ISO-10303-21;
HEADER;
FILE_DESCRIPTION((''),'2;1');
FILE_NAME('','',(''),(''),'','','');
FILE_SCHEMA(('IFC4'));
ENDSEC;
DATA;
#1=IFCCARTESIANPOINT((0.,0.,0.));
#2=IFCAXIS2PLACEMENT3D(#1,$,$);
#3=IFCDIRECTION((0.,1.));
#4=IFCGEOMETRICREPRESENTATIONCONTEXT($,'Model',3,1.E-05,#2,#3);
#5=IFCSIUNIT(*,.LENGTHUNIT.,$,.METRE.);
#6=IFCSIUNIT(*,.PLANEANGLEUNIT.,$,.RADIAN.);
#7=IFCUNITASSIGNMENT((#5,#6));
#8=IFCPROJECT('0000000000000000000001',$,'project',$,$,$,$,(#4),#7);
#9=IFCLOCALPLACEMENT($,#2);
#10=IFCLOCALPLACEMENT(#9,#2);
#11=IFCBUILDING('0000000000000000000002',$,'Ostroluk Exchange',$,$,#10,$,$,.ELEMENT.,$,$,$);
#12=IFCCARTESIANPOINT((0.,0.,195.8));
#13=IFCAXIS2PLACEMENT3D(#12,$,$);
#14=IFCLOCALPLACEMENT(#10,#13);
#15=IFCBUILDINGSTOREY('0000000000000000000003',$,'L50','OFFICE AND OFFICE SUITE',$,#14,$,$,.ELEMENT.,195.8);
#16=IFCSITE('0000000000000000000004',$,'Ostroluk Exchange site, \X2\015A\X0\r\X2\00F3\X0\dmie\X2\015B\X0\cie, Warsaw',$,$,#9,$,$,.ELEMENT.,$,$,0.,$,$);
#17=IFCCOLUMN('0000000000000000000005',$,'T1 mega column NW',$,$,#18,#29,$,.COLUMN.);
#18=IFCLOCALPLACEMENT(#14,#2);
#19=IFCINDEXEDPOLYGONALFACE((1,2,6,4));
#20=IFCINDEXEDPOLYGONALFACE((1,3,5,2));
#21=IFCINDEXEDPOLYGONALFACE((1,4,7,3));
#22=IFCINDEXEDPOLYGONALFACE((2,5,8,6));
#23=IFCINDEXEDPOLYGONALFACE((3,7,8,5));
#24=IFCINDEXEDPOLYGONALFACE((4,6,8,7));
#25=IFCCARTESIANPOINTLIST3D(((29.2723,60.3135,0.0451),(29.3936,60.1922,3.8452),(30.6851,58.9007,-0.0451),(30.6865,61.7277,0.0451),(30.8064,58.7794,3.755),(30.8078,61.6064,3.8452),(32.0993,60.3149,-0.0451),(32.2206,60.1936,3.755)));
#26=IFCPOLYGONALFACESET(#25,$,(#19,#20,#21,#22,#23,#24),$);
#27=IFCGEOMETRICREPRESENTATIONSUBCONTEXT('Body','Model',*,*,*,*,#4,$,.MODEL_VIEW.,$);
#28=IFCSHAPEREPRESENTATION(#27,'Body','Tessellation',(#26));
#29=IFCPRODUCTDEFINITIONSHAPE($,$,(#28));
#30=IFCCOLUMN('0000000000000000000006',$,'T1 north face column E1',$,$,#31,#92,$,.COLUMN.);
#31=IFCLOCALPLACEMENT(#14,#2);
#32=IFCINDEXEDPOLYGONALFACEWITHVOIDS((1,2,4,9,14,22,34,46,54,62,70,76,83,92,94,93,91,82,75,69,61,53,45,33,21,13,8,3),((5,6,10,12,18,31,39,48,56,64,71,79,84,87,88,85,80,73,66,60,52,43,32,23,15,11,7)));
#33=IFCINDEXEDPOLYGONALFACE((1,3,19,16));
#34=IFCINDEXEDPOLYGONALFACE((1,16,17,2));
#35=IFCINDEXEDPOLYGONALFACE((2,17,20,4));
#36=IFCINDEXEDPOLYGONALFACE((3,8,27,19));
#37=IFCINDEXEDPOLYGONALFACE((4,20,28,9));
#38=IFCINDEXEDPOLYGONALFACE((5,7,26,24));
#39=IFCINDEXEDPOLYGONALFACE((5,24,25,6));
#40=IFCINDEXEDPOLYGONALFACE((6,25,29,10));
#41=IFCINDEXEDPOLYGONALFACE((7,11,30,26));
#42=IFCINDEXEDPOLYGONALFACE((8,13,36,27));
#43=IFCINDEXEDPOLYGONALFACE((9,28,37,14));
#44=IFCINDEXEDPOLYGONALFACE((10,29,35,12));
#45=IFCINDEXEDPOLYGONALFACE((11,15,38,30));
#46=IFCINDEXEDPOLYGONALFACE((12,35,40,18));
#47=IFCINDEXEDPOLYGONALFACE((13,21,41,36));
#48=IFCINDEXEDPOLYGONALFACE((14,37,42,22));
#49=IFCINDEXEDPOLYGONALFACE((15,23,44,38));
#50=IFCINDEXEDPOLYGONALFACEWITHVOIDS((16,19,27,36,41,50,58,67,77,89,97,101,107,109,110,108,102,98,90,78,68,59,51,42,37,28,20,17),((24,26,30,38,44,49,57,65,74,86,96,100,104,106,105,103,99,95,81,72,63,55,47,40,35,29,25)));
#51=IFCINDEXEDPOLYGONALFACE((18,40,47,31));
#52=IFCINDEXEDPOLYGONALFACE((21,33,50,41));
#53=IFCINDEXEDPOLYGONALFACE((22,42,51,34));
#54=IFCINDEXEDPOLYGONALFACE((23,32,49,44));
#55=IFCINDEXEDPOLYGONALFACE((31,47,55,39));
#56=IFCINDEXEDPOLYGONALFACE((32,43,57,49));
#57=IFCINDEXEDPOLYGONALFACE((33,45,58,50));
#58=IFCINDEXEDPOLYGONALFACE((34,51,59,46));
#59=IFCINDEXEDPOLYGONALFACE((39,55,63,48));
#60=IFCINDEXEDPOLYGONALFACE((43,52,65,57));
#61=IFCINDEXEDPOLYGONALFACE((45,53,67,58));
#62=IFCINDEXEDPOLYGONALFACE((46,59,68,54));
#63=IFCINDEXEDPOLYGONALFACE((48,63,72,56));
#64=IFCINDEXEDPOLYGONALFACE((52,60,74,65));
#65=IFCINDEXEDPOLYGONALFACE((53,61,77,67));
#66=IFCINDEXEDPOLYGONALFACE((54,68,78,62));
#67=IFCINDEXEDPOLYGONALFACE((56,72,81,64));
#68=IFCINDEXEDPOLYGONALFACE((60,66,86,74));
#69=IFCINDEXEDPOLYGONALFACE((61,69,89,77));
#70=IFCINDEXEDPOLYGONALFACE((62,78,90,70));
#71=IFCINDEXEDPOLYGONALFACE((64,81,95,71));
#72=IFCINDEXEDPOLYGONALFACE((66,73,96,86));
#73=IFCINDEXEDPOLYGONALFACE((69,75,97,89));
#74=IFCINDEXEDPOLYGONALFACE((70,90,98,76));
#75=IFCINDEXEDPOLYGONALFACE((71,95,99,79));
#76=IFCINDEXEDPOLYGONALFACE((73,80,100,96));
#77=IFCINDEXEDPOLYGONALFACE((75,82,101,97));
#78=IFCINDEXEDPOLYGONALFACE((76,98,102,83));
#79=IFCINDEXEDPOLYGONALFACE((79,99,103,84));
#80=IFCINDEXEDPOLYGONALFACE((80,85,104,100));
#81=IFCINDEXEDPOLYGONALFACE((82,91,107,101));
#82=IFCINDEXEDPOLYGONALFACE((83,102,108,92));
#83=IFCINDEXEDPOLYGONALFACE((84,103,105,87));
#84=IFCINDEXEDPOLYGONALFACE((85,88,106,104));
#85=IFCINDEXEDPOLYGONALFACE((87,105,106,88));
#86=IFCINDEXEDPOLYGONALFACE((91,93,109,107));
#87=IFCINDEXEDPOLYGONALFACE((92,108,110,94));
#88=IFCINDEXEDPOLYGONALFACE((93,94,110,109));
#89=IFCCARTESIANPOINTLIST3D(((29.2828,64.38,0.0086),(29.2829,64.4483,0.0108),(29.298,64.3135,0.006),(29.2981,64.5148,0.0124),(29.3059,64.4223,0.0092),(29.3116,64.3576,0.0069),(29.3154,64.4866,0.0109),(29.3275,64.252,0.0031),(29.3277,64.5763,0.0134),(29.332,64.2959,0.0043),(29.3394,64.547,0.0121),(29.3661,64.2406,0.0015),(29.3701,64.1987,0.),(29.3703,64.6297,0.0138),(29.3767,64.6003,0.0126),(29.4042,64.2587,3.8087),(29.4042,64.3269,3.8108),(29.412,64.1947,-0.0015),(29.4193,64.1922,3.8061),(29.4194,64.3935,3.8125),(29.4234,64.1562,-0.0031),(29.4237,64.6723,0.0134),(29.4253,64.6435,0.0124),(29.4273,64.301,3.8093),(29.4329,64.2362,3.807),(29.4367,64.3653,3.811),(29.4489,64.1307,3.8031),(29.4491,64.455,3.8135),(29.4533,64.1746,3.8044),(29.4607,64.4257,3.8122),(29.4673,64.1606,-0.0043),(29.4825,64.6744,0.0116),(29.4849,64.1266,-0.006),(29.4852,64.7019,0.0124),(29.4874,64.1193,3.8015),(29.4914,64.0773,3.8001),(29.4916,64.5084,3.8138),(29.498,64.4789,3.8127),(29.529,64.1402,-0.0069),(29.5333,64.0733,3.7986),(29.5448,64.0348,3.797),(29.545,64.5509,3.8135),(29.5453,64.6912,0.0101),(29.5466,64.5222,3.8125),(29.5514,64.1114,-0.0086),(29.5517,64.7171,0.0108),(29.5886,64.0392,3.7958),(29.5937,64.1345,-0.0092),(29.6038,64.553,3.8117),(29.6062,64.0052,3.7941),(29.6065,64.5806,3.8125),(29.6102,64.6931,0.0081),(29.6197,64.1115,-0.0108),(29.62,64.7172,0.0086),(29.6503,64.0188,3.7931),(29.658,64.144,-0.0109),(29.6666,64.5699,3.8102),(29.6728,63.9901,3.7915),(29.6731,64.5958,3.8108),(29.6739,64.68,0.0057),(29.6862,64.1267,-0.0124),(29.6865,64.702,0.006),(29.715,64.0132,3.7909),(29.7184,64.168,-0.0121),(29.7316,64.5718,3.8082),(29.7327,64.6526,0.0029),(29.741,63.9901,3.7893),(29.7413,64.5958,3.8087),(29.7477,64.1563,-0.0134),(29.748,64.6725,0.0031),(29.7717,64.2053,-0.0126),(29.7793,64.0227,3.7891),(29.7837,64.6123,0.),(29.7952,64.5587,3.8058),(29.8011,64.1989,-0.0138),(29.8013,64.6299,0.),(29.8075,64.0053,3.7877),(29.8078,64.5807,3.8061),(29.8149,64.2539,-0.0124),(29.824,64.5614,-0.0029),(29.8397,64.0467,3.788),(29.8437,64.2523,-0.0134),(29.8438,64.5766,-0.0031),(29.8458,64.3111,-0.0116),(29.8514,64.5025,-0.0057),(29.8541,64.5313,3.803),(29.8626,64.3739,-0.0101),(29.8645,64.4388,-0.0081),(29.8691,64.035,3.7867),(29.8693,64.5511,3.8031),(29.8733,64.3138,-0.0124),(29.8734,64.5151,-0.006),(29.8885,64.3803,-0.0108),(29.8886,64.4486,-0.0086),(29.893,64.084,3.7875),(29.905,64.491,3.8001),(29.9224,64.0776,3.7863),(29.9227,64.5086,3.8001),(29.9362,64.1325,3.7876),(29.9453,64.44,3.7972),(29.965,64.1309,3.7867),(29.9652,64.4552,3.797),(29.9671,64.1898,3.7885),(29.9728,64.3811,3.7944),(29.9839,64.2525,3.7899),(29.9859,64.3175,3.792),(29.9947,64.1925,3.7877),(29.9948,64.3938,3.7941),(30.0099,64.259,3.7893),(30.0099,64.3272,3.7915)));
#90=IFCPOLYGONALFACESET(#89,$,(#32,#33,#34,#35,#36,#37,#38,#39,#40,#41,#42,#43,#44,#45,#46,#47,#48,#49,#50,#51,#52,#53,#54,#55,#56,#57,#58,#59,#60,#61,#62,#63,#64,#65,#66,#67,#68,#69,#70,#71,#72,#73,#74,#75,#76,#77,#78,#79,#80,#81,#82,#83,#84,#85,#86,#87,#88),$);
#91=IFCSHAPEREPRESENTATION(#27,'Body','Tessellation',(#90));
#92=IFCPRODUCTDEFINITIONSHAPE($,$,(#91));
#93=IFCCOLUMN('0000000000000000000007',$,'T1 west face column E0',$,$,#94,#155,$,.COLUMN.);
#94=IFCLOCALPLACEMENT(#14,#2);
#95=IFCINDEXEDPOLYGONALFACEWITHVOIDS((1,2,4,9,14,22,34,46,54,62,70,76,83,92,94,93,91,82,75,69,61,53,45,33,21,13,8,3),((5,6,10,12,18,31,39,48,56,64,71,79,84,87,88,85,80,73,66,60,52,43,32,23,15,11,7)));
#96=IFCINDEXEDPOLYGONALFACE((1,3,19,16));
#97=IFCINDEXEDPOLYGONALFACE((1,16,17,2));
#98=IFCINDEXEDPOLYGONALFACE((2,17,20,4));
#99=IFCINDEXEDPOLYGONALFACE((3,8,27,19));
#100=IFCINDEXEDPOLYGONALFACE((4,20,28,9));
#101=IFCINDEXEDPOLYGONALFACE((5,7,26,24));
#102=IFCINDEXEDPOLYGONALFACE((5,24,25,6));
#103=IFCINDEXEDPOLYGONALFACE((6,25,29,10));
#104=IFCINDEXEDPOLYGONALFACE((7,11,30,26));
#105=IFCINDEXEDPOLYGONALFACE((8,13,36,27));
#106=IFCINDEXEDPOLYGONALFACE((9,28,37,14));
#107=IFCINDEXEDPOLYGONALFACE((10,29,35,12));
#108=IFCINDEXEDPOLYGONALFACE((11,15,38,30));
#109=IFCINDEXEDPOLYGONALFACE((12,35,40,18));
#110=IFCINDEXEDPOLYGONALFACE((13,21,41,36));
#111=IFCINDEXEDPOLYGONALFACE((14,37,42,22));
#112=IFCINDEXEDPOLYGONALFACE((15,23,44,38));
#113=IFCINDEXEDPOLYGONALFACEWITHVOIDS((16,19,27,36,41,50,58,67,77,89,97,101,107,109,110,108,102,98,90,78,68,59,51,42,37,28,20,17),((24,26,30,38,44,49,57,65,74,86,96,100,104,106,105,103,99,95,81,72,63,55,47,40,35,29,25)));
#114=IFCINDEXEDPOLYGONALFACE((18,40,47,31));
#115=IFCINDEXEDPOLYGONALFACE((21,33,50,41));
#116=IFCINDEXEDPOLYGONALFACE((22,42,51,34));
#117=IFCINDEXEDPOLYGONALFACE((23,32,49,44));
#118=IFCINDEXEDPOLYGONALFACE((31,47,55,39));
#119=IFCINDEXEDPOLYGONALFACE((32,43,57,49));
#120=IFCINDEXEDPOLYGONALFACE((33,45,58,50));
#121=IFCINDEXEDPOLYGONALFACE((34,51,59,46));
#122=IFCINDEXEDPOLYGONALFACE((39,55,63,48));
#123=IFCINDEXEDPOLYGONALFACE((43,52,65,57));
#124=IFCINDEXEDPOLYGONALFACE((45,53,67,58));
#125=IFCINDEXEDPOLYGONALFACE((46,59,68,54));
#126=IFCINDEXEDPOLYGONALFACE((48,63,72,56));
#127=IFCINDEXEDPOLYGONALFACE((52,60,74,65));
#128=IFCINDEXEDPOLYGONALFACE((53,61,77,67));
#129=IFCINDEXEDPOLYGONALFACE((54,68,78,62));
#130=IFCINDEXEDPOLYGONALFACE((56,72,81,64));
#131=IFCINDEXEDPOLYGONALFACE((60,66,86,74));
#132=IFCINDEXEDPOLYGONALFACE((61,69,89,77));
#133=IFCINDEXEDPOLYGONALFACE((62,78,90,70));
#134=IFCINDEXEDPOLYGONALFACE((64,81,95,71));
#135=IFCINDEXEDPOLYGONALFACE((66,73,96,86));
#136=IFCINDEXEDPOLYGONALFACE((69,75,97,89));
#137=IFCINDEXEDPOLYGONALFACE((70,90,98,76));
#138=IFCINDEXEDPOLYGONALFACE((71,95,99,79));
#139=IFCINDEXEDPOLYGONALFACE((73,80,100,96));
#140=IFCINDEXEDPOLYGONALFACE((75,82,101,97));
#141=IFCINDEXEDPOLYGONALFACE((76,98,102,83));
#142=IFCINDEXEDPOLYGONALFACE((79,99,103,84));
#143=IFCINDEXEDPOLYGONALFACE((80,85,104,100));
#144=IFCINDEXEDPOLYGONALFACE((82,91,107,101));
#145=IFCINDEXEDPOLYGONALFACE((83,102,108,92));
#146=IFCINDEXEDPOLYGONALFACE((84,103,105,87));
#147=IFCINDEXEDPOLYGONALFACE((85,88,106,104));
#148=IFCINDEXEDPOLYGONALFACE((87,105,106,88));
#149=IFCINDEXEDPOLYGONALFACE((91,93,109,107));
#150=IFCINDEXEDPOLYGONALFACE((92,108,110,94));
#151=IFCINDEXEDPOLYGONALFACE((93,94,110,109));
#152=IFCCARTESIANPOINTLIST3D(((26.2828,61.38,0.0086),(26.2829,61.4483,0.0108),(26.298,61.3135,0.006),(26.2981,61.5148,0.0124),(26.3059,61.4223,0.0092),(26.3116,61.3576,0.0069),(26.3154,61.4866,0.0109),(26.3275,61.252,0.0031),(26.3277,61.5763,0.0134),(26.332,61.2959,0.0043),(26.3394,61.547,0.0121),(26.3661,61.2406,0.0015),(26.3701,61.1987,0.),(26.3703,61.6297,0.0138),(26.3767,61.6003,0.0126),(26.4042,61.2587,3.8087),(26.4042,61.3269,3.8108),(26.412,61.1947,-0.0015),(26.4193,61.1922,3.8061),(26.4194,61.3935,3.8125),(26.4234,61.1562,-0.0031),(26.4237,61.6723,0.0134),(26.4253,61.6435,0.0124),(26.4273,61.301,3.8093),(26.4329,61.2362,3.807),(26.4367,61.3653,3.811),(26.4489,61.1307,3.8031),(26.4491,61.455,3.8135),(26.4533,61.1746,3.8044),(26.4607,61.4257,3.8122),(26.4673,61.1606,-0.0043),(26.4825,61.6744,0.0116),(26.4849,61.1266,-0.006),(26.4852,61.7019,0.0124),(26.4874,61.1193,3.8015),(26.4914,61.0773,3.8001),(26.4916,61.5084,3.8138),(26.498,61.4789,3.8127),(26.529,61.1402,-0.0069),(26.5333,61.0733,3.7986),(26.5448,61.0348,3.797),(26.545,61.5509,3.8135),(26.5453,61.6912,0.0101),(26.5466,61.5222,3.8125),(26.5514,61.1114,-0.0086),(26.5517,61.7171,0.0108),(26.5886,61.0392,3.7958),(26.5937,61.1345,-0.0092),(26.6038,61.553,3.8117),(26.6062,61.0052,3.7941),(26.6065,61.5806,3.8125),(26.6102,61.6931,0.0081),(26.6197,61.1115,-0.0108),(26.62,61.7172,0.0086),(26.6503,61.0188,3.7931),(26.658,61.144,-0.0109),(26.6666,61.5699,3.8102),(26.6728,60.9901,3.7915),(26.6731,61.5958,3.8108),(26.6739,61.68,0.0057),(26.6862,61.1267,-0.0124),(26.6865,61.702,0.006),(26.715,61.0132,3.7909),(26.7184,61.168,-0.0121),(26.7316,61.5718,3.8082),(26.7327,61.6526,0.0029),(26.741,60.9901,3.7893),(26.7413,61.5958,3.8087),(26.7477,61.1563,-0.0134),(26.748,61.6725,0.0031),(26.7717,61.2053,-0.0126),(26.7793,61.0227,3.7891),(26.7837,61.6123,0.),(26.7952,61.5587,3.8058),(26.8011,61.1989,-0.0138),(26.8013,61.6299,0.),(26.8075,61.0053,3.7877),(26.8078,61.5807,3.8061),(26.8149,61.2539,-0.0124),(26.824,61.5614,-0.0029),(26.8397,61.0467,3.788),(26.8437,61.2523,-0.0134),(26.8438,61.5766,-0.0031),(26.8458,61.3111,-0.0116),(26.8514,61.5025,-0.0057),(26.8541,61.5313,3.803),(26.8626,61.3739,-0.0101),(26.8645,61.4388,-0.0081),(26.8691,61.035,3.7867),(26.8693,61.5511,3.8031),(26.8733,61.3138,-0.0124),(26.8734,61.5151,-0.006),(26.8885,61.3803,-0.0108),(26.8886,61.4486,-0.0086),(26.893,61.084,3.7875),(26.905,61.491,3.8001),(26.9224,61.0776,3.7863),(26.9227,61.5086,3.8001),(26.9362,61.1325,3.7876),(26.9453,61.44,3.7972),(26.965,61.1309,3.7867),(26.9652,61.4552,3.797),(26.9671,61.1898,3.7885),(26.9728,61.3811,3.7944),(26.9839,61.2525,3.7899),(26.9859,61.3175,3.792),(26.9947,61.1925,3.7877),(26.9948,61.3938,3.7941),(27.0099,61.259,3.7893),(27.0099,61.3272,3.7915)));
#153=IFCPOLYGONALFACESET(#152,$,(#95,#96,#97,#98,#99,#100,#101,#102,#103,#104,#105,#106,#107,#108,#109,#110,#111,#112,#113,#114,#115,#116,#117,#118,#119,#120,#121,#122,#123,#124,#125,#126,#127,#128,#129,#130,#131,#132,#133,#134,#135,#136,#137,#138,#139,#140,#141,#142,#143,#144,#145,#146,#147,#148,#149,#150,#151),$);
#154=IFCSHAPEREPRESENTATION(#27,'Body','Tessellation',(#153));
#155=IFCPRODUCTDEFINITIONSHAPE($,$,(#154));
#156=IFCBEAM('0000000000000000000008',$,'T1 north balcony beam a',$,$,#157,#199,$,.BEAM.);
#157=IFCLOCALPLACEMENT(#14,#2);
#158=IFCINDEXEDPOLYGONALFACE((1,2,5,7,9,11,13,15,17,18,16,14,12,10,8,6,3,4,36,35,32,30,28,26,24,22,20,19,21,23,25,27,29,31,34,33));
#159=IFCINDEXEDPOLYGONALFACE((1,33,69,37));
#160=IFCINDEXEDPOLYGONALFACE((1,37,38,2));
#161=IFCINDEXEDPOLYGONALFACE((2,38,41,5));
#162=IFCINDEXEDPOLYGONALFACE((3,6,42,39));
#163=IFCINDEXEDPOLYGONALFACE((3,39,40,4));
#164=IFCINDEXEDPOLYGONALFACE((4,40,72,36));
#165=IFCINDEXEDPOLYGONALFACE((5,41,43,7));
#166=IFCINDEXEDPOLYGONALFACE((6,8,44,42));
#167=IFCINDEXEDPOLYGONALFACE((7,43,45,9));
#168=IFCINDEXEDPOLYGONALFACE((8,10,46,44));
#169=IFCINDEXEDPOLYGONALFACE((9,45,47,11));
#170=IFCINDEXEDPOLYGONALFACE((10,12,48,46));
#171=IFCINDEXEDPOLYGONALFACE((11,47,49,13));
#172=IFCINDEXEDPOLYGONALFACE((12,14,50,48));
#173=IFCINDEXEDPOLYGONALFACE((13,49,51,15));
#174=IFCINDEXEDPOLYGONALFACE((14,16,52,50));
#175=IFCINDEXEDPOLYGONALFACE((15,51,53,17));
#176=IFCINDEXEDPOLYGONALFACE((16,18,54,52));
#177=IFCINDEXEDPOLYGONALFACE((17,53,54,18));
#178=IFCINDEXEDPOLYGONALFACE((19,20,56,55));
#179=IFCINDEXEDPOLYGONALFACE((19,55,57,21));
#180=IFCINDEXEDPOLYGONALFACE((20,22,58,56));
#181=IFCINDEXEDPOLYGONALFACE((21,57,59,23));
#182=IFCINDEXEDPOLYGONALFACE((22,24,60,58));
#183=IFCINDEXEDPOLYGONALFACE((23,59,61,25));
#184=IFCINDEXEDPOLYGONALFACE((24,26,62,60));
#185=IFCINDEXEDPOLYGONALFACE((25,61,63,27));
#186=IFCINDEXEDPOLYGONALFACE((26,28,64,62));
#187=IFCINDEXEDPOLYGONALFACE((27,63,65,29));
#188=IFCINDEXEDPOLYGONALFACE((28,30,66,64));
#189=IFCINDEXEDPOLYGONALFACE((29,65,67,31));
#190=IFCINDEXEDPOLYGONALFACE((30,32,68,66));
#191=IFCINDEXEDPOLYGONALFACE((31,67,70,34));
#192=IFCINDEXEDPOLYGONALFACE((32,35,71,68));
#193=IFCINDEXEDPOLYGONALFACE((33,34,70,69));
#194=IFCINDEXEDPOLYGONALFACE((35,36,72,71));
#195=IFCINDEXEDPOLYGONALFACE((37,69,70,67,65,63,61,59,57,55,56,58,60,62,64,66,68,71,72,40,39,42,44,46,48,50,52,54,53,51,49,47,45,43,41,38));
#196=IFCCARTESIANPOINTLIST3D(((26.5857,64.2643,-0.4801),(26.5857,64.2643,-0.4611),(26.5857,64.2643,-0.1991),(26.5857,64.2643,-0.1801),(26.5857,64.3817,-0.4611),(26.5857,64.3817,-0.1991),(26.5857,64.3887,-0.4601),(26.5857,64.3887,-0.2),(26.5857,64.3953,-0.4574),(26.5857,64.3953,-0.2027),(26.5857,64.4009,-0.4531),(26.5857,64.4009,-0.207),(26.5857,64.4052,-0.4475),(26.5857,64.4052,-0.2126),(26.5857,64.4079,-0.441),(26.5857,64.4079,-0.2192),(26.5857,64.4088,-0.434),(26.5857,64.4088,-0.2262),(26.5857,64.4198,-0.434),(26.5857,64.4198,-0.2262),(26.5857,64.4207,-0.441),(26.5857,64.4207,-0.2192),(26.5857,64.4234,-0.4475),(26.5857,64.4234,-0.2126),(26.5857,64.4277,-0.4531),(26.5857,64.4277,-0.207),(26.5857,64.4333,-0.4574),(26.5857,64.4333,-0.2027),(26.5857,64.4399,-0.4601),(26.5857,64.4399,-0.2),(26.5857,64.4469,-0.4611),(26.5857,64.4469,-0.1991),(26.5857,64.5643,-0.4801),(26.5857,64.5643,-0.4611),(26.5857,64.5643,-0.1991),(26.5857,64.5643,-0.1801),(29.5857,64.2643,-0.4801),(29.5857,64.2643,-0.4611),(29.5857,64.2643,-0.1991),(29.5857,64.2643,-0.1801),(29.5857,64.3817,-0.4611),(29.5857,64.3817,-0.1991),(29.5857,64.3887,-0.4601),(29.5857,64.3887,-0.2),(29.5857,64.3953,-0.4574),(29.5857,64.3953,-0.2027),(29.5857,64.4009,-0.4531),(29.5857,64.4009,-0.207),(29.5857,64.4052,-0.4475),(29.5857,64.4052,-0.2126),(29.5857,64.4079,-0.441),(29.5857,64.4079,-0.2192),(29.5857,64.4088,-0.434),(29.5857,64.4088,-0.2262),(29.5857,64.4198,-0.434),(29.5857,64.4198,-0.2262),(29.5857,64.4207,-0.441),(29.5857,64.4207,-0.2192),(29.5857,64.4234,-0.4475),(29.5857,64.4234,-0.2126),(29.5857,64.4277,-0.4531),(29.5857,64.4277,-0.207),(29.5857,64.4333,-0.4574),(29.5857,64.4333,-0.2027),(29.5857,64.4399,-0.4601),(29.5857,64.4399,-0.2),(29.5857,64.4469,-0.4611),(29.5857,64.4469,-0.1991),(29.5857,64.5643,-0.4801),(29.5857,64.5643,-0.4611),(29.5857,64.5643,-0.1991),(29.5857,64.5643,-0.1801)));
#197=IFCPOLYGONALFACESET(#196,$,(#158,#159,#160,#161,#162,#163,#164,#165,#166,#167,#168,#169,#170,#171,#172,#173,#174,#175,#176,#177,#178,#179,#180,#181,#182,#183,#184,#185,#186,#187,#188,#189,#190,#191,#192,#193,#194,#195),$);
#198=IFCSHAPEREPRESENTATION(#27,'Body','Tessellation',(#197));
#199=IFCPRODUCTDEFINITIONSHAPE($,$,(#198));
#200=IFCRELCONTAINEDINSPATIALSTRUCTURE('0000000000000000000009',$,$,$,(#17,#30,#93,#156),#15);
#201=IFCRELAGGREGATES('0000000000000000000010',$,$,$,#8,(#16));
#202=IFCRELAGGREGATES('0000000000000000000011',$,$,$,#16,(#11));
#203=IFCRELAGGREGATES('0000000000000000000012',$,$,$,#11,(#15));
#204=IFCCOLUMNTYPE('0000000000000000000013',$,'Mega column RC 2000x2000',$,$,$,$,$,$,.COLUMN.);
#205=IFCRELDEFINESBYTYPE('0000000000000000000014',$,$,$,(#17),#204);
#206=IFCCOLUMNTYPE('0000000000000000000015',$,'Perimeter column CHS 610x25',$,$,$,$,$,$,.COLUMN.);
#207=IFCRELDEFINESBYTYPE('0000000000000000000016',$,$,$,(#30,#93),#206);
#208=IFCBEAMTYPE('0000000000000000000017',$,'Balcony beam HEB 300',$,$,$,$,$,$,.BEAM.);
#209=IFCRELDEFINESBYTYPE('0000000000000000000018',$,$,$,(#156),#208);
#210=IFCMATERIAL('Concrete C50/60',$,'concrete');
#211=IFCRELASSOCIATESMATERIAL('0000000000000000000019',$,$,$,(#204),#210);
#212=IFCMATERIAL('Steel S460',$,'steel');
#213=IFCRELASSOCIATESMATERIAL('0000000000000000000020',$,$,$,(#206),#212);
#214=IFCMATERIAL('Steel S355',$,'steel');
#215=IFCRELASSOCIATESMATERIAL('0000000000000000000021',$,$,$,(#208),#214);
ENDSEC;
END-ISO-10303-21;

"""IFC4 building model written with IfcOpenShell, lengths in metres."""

from ifc_helpers import new_model, si_unit, direction, frame, origin, origin_2d, place, context, subcontext, project, spatial, rectangle, hollow_circle, i_section, extrude, material, material_profile, profile_set, type_object, element, save


model = new_model("IFC4")

# Units and contexts
model_context = context("Model", 3, precision=1e-05, world=origin(), true_north=direction((0.0, 1.0)))
body_context = subcontext(model_context, "Body", "Model", "MODEL_VIEW")
ifc_project = project(units=[si_unit("LENGTHUNIT", "METRE"), si_unit("PLANEANGLEUNIT", "RADIAN")], contexts=[model_context])

# Site, building, storey
site_placement = place(None, origin())
site = spatial("IfcSite", under=ifc_project, at=site_placement, Name="Ostroluk Exchange site, Śródmieście, Warsaw", CompositionType="ELEMENT", RefElevation=0.0)
building_placement = place(site_placement, origin())
building = spatial("IfcBuilding", under=site, at=building_placement, Name="Ostroluk Exchange", CompositionType="ELEMENT")
storey_placement = place(building_placement, frame((0.0, 0.0, 195.8)))
storey = spatial("IfcBuildingStorey", under=building, at=storey_placement, Name="L50", Description="OFFICE AND OFFICE SUITE", CompositionType="ELEMENT", Elevation=195.8)

# Columns
ifc_material_1 = material(Name="Concrete C50/60", Category="concrete")
ifc_material_profile_1 = material_profile(ifc_material_1, rectangle(XDim=2.0, YDim=2.0, at=origin_2d()), Name="RC 2000x2000")
ifc_profile_set_1 = profile_set([ifc_material_profile_1], Name="Concrete C50/60")
column_type_1 = type_object("IfcColumnType", Name="Mega column RC 2000x2000", PredefinedType="COLUMN", material=ifc_profile_set_1)
column_placement = place(storey_placement, frame((30.6858, 60.3142, 0.0), z_axis=(0.031898, -0.031898, 0.998982), x_axis=(0.707107, 0.707107, 0.0)))
element("IfcColumn", 1, at=column_placement, inside=storey, type_object=column_type_1, Name="T1 mega column NW", PredefinedType="COLUMN", context=body_context, shape_type="SweptSolid", body=[
    extrude(rectangle(XDim=2.0, YDim=2.0, at=origin_2d()), origin(), (0.0, 0.0, 1.0), 3.804),
])
ifc_material_2 = material(Name="Steel S460", Category="steel")
ifc_material_profile_2 = material_profile(ifc_material_2, hollow_circle(Radius=0.3049, WallThickness=0.0249, at=origin_2d()), Name="CHS 610x25")
ifc_profile_set_2 = profile_set([ifc_material_profile_2], Name="Steel S460")
column_type_2 = type_object("IfcColumnType", Name="Perimeter column CHS 610x25", PredefinedType="COLUMN", material=ifc_profile_set_2)
for number, where, z_axis, x_axis, name in (
    (2, (29.5857, 64.4143, 0.0), (0.031898, -0.031898, 0.998982), (0.707107, 0.707107, 0.0), "T1 north face column E1"),
    (3, (26.5857, 61.4143, 0.0), (0.031898, -0.031898, 0.998982), (0.707107, 0.707107, 0.0), "T1 west face column E0"),
):
    element("IfcColumn", number, at=place(storey_placement, frame(where, z_axis=z_axis, x_axis=x_axis)), inside=storey, type_object=column_type_2, Name=name, PredefinedType="COLUMN", context=body_context, shape_type="SweptSolid", body=[
        extrude(hollow_circle(Radius=0.3049, WallThickness=0.0249, at=origin_2d()), origin(), (0.0, 0.0, 1.0), 3.804),
    ])

# Beam
ifc_material_3 = material(Name="Steel S355", Category="steel")
ifc_material_profile_3 = material_profile(ifc_material_3, i_section(OverallWidth=0.3, OverallDepth=0.3, WebThickness=0.011, FlangeThickness=0.019, FilletRadius=0.0271, at=origin_2d()), Name="HEB 300")
ifc_profile_set_3 = profile_set([ifc_material_profile_3], Name="Steel S355")
beam_type_1 = type_object("IfcBeamType", Name="Balcony beam HEB 300", PredefinedType="BEAM", material=ifc_profile_set_3)
for number, where, z_axis, x_axis, name in (
    (4, (29.5857, 64.4143, -0.3301), (-1.0, 0.0, 0.0), (0.0, -1.0, 0.0), "T1 north balcony beam a"),
):
    element("IfcBeam", number, at=place(storey_placement, frame(where, z_axis=z_axis, x_axis=x_axis)), inside=storey, type_object=beam_type_1, Name=name, PredefinedType="BEAM", context=body_context, shape_type="SweptSolid", body=[
        extrude(i_section(OverallWidth=0.3, OverallDepth=0.3, WebThickness=0.011, FlangeThickness=0.019, FilletRadius=0.0271, at=origin_2d()), origin(), (0.0, 0.0, 1.0), 3.0),
    ])

save(model, "model.ifc")
